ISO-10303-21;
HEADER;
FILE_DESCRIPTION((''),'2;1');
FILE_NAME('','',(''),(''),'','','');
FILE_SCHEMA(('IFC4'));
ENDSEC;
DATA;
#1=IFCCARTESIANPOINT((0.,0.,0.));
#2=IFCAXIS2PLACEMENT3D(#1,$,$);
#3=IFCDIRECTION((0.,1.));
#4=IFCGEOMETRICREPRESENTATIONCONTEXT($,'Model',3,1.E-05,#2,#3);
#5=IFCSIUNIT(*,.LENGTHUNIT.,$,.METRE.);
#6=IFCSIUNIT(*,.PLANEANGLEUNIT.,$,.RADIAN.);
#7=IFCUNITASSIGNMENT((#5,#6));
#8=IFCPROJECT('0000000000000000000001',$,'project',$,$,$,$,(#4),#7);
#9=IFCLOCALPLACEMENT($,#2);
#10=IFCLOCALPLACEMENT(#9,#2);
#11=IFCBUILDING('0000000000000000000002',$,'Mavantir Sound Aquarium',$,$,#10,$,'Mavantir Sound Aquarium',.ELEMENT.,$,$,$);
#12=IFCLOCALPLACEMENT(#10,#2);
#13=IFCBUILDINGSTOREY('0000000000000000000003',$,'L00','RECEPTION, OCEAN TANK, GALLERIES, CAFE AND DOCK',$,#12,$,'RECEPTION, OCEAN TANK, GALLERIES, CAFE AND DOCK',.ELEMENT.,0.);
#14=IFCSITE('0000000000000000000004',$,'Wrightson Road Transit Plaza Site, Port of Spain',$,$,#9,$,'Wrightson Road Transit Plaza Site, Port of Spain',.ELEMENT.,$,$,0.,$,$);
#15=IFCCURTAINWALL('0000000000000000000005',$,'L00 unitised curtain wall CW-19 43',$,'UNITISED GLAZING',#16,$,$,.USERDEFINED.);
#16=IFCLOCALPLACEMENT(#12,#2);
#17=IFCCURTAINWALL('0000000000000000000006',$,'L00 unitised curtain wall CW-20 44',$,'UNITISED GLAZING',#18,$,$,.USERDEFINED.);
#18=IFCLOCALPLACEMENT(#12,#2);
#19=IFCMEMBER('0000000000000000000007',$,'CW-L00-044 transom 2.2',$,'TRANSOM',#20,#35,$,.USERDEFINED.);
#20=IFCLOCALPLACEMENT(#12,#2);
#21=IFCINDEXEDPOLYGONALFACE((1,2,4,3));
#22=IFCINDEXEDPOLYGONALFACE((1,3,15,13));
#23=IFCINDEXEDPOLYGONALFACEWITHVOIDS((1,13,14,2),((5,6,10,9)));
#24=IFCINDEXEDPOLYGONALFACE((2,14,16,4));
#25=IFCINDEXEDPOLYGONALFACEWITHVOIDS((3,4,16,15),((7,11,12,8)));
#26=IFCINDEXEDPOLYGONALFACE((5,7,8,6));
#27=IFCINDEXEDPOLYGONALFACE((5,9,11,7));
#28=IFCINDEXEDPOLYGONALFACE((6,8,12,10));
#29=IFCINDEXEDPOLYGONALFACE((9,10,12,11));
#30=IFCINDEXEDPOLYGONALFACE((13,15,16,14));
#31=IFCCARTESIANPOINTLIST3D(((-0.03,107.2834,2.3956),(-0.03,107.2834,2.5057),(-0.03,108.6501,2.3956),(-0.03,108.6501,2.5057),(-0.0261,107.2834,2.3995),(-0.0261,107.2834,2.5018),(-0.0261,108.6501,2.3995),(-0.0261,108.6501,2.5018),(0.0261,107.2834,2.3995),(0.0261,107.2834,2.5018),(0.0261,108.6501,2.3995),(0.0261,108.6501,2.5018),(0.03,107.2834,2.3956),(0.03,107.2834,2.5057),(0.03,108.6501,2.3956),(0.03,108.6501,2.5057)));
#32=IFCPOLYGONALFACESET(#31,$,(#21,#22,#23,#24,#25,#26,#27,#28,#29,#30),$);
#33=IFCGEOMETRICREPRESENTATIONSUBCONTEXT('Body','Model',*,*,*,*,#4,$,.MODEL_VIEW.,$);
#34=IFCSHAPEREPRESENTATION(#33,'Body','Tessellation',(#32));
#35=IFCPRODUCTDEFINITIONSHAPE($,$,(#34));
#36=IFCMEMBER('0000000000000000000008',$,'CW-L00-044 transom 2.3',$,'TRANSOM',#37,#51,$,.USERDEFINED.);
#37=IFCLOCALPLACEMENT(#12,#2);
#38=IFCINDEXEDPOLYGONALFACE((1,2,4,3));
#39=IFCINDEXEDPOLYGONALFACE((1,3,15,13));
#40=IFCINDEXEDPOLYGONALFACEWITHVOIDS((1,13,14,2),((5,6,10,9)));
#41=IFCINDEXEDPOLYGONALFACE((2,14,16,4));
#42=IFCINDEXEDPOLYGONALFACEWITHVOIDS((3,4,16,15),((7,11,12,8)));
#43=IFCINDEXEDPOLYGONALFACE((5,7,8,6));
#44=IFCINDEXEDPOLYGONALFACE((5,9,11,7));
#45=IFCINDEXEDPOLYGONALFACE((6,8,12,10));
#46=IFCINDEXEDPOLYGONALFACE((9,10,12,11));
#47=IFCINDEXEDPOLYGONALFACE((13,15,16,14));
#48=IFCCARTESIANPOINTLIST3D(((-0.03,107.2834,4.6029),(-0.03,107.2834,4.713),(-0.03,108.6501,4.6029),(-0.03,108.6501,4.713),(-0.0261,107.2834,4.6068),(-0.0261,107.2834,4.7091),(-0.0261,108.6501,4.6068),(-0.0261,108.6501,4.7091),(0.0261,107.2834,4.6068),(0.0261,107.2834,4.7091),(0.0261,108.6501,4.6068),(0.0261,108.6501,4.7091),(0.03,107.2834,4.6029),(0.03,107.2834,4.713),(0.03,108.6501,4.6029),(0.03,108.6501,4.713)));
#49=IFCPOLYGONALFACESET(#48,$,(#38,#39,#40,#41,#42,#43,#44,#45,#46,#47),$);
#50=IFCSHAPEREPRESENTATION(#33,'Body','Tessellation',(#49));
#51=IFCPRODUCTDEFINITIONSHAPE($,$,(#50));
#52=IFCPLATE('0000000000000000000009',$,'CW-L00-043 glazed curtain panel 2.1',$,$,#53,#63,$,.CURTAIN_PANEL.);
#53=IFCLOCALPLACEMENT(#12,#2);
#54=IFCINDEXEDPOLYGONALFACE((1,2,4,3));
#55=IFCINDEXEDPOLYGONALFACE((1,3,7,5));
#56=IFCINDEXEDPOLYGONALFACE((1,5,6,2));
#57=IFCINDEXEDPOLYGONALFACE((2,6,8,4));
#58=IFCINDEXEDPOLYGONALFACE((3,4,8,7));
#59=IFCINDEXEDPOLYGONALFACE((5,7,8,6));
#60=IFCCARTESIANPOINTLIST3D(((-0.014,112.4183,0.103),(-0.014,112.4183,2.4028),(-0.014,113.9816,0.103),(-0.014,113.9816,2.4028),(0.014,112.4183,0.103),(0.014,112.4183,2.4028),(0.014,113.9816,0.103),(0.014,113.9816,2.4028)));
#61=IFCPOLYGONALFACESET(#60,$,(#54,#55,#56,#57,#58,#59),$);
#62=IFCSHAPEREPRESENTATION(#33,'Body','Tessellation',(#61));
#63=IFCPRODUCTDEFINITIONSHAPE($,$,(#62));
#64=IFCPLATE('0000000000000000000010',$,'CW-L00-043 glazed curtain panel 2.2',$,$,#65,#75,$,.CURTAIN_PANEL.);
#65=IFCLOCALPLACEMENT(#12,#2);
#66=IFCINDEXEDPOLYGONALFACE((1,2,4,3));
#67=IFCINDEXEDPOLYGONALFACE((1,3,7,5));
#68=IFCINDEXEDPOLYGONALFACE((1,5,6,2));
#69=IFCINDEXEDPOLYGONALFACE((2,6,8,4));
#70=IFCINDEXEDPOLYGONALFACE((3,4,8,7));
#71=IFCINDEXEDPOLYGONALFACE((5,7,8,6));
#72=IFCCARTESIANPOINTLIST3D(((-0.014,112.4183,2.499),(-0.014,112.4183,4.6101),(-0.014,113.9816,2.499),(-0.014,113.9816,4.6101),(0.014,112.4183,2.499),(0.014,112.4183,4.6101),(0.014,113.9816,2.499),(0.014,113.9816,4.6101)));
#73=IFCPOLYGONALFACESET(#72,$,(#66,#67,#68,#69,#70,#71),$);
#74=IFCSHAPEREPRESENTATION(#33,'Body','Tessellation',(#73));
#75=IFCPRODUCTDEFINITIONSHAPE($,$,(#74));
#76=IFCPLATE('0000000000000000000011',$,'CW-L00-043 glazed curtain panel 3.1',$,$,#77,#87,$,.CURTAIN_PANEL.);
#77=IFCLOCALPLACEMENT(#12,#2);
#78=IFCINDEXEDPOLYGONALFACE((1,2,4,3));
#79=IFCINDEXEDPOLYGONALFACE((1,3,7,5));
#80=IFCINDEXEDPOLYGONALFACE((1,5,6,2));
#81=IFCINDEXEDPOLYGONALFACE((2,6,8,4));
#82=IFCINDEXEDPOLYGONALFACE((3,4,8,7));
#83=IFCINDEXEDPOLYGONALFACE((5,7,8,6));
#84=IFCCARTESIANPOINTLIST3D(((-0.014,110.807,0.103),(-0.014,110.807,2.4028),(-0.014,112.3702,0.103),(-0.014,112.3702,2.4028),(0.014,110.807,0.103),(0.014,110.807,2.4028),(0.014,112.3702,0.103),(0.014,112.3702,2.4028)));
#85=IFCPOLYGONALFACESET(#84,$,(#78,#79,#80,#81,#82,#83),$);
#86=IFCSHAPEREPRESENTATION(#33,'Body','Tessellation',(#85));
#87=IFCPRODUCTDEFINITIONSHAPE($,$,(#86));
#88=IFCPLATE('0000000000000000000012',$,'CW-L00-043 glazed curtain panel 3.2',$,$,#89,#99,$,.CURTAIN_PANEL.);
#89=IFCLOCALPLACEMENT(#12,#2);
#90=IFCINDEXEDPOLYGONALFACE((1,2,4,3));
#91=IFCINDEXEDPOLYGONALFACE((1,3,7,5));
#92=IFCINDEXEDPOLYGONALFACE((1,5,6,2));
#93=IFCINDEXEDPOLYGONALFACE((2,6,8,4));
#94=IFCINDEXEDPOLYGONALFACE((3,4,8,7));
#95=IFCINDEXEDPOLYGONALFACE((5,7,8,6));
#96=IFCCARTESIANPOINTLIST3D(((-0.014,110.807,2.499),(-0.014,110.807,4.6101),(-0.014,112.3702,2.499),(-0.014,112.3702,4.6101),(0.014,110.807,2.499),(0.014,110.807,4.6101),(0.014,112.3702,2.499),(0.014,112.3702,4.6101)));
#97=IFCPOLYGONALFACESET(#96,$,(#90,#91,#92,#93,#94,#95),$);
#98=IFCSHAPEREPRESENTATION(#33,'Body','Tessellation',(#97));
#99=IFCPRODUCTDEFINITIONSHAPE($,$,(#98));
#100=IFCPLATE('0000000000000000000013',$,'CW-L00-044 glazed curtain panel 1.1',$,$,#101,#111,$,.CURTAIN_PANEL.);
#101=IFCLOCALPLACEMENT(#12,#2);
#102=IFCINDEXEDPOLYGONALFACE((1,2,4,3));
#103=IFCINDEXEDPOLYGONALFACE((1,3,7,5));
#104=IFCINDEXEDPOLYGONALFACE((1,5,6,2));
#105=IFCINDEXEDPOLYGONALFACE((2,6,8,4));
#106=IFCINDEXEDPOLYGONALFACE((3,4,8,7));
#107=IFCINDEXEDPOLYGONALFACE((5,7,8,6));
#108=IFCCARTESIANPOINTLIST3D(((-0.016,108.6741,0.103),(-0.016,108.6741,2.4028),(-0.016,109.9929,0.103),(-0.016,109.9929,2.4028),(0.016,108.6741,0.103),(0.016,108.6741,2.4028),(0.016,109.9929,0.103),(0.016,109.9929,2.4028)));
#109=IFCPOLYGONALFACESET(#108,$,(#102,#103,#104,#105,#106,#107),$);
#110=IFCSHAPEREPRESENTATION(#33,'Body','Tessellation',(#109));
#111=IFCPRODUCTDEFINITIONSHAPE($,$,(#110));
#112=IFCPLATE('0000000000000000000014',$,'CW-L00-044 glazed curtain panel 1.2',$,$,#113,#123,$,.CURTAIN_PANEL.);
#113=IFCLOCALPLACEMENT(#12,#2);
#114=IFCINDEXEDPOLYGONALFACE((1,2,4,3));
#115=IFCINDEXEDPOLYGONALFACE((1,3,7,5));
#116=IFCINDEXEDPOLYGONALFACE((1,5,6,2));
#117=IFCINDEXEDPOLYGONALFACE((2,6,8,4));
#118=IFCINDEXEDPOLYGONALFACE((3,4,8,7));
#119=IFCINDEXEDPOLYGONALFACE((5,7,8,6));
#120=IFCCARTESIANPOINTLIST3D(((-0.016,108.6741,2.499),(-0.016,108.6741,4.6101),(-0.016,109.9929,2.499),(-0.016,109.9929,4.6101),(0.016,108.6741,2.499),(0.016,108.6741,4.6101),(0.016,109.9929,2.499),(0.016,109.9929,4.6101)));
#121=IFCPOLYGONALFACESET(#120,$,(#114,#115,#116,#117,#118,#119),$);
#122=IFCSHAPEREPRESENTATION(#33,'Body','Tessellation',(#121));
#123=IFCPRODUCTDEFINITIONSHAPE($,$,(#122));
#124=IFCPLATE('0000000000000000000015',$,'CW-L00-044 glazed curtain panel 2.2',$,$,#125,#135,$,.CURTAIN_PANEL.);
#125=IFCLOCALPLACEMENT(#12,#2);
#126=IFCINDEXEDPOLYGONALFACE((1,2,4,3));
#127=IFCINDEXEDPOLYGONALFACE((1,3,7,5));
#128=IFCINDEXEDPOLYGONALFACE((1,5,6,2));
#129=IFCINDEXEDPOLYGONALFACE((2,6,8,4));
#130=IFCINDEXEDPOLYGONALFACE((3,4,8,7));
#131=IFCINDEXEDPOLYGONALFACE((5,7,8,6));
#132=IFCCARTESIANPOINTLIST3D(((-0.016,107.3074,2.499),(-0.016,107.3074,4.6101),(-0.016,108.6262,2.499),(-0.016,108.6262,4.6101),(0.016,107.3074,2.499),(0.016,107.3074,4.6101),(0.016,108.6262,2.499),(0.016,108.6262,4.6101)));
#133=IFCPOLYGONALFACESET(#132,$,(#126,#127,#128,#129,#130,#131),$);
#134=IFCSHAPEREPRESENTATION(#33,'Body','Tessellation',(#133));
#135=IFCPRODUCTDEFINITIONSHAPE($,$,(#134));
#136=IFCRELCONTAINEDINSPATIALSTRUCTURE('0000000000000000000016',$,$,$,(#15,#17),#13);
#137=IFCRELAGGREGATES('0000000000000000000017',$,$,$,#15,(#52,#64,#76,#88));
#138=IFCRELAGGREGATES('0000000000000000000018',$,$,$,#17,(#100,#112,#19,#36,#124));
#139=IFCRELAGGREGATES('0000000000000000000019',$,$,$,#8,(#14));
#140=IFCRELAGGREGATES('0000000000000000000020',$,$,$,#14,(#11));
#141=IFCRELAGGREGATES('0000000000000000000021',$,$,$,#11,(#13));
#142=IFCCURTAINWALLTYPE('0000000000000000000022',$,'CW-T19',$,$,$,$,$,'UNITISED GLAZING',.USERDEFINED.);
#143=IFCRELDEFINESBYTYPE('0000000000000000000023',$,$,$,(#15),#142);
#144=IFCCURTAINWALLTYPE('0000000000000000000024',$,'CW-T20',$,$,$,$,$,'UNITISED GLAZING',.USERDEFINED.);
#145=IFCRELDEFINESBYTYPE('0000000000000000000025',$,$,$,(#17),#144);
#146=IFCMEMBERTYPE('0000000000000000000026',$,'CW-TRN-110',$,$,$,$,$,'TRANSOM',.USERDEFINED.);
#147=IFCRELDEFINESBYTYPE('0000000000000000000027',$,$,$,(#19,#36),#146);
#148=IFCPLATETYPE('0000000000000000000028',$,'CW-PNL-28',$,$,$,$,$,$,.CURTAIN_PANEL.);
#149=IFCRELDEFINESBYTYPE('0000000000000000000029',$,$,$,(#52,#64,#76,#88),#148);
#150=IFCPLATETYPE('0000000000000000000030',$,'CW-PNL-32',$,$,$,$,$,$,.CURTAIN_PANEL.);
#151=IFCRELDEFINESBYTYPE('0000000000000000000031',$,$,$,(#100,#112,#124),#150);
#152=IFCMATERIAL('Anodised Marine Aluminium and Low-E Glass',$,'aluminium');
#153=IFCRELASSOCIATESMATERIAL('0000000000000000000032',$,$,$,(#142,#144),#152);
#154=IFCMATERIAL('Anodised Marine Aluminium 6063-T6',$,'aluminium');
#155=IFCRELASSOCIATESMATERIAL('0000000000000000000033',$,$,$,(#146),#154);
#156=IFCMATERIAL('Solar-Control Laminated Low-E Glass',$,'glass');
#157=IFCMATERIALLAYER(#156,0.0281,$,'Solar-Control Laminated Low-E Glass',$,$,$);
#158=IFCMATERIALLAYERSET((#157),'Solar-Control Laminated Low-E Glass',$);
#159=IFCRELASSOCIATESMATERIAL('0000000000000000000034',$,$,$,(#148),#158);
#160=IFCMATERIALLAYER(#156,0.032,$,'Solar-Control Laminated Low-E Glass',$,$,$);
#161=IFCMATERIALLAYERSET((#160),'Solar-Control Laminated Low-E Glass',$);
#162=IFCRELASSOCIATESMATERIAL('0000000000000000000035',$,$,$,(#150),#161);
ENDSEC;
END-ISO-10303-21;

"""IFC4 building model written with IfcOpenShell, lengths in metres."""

from ifc_helpers import new_model, si_unit, direction, frame, origin, origin_2d, place, context, subcontext, project, spatial, rectangle, hollow_rectangle, extrude, material, layer, layer_set, material_profile, profile_set, type_object, element, aggregate, save


model = new_model("IFC4")

# Units and contexts
model_context = context("Model", 3, precision=1e-05, world=origin(), true_north=direction((0.0, 1.0)))
body_context = subcontext(model_context, "Body", "Model", "MODEL_VIEW")
ifc_project = project(units=[si_unit("LENGTHUNIT", "METRE"), si_unit("PLANEANGLEUNIT", "RADIAN")], contexts=[model_context])

# Site, building, storey
site_placement = place(None, origin())
site = spatial("IfcSite", under=ifc_project, at=site_placement, Name="Wrightson Road Transit Plaza Site, Port of Spain", LongName="Wrightson Road Transit Plaza Site, Port of Spain", CompositionType="ELEMENT", RefElevation=0.0)
building_placement = place(site_placement, origin())
building = spatial("IfcBuilding", under=site, at=building_placement, Name="Mavantir Sound Aquarium", LongName="Mavantir Sound Aquarium", CompositionType="ELEMENT")
storey_placement = place(building_placement, origin())
storey = spatial("IfcBuildingStorey", under=building, at=storey_placement, Name="L00", Description="RECEPTION, OCEAN TANK, GALLERIES, CAFE AND DOCK", LongName="RECEPTION, OCEAN TANK, GALLERIES, CAFE AND DOCK", CompositionType="ELEMENT", Elevation=0.0)

# Curtain walls
ifc_material_1 = material(Name="Anodised Marine Aluminium and Low-E Glass", Category="aluminium")
curtain_wall_type_1 = type_object("IfcCurtainWallType", Name="CW-T19", ElementType="UNITISED GLAZING", PredefinedType="USERDEFINED", material=ifc_material_1)
curtain_wall_1_placement = place(storey_placement, origin())
curtain_wall_1 = element("IfcCurtainWall", 1, at=curtain_wall_1_placement, inside=storey, type_object=curtain_wall_type_1, Name="L00 unitised curtain wall CW-19 43", ObjectType="UNITISED GLAZING", PredefinedType="USERDEFINED")
ifc_material_2 = material(Name="Anodised Marine Aluminium 6063-T6", Category="aluminium")
curtain_wall_type_2 = type_object("IfcCurtainWallType", Name="CW-T20", ElementType="UNITISED GLAZING", PredefinedType="USERDEFINED", material=ifc_material_1)
curtain_wall_2_placement = place(storey_placement, origin())
curtain_wall_2 = element("IfcCurtainWall", 2, at=curtain_wall_2_placement, inside=storey, type_object=curtain_wall_type_2, Name="L00 unitised curtain wall CW-20 44", ObjectType="UNITISED GLAZING", PredefinedType="USERDEFINED")

# Members
ifc_material_profile_1 = material_profile(ifc_material_2, hollow_rectangle(XDim=0.0601, YDim=0.1101, WallThickness=0.0039, at=origin_2d()), Name="ALU-TRANSOM-110X60")
ifc_profile_set_1 = profile_set([ifc_material_profile_1], Name="Anodised Marine Aluminium 6063-T6")
member_type_1 = type_object("IfcMemberType", Name="CW-TRN-110", ElementType="TRANSOM", PredefinedType="USERDEFINED", material=ifc_profile_set_1)
member_1_placement = place(storey_placement, frame((0.0, 108.6501, 2.4507), z_axis=(0.0, -1.0, 0.0), x_axis=(1.0, 0.0, 0.0)))
member_1 = element("IfcMember", 3, at=member_1_placement, type_object=member_type_1, Name="CW-L00-044 transom 2.2", ObjectType="TRANSOM", PredefinedType="USERDEFINED", context=body_context, shape_type="SweptSolid", body=[
    extrude(hollow_rectangle(XDim=0.0601, YDim=0.1101, WallThickness=0.0039, at=origin_2d()), origin(), (0.0, 0.0, 1.0), 1.3667),
])
member_2_placement = place(storey_placement, frame((0.0, 108.6501, 4.658), z_axis=(0.0, -1.0, 0.0), x_axis=(1.0, 0.0, 0.0)))
member_2 = element("IfcMember", 4, at=member_2_placement, type_object=member_type_1, Name="CW-L00-044 transom 2.3", ObjectType="TRANSOM", PredefinedType="USERDEFINED", context=body_context, shape_type="SweptSolid", body=[
    extrude(hollow_rectangle(XDim=0.0601, YDim=0.1101, WallThickness=0.0039, at=origin_2d()), origin(), (0.0, 0.0, 1.0), 1.3667),
])

# Plates
ifc_material_3 = material(Name="Solar-Control Laminated Low-E Glass", Category="glass")
ifc_layer_1 = layer(ifc_material_3, 0.0281, Name="Solar-Control Laminated Low-E Glass")
ifc_layer_set_1 = layer_set([ifc_layer_1], Name="Solar-Control Laminated Low-E Glass")
plate_type_1 = type_object("IfcPlateType", Name="CW-PNL-28", PredefinedType="CURTAIN_PANEL", material=ifc_layer_set_1)
plate_1_placement = place(storey_placement, frame((0.0, 113.2, 0.103), z_axis=(0.0, 0.0, 1.0), x_axis=(0.0, -1.0, 0.0)))
plate_1 = element("IfcPlate", 5, at=plate_1_placement, type_object=plate_type_1, Name="CW-L00-043 glazed curtain panel 2.1", PredefinedType="CURTAIN_PANEL", context=body_context, shape_type="SweptSolid", body=[
    extrude(rectangle(XDim=1.5632, YDim=0.0281, at=origin_2d()), origin(), (0.0, 0.0, 1.0), 2.2998),
])
plate_2_placement = place(storey_placement, frame((0.0, 113.2, 2.499), z_axis=(0.0, 0.0, 1.0), x_axis=(0.0, -1.0, 0.0)))
plate_2 = element("IfcPlate", 6, at=plate_2_placement, type_object=plate_type_1, Name="CW-L00-043 glazed curtain panel 2.2", PredefinedType="CURTAIN_PANEL", context=body_context, shape_type="SweptSolid", body=[
    extrude(rectangle(XDim=1.5632, YDim=0.0281, at=origin_2d()), origin(), (0.0, 0.0, 1.0), 2.1111),
])
plate_3_placement = place(storey_placement, frame((0.0, 111.5886, 0.103), z_axis=(0.0, 0.0, 1.0), x_axis=(0.0, -1.0, 0.0)))
plate_3 = element("IfcPlate", 7, at=plate_3_placement, type_object=plate_type_1, Name="CW-L00-043 glazed curtain panel 3.1", PredefinedType="CURTAIN_PANEL", context=body_context, shape_type="SweptSolid", body=[
    extrude(rectangle(XDim=1.5632, YDim=0.0281, at=origin_2d()), origin(), (0.0, 0.0, 1.0), 2.2998),
])
plate_4_placement = place(storey_placement, frame((0.0, 111.5886, 2.499), z_axis=(0.0, 0.0, 1.0), x_axis=(0.0, -1.0, 0.0)))
plate_4 = element("IfcPlate", 8, at=plate_4_placement, type_object=plate_type_1, Name="CW-L00-043 glazed curtain panel 3.2", PredefinedType="CURTAIN_PANEL", context=body_context, shape_type="SweptSolid", body=[
    extrude(rectangle(XDim=1.5632, YDim=0.0281, at=origin_2d()), origin(), (0.0, 0.0, 1.0), 2.1111),
])
aggregate(curtain_wall_1, [plate_1, plate_2, plate_3, plate_4])
ifc_layer_2 = layer(ifc_material_3, 0.032, Name="Solar-Control Laminated Low-E Glass")
ifc_layer_set_2 = layer_set([ifc_layer_2], Name="Solar-Control Laminated Low-E Glass")
plate_type_2 = type_object("IfcPlateType", Name="CW-PNL-32", PredefinedType="CURTAIN_PANEL", material=ifc_layer_set_2)
plate_5_placement = place(storey_placement, frame((0.0, 109.3335, 0.103), z_axis=(0.0, 0.0, 1.0), x_axis=(0.0, -1.0, 0.0)))
plate_5 = element("IfcPlate", 9, at=plate_5_placement, type_object=plate_type_2, Name="CW-L00-044 glazed curtain panel 1.1", PredefinedType="CURTAIN_PANEL", context=body_context, shape_type="SweptSolid", body=[
    extrude(rectangle(XDim=1.3188, YDim=0.032, at=origin_2d()), origin(), (0.0, 0.0, 1.0), 2.2998),
])
plate_6_placement = place(storey_placement, frame((0.0, 109.3335, 2.499), z_axis=(0.0, 0.0, 1.0), x_axis=(0.0, -1.0, 0.0)))
plate_6 = element("IfcPlate", 10, at=plate_6_placement, type_object=plate_type_2, Name="CW-L00-044 glazed curtain panel 1.2", PredefinedType="CURTAIN_PANEL", context=body_context, shape_type="SweptSolid", body=[
    extrude(rectangle(XDim=1.3188, YDim=0.032, at=origin_2d()), origin(), (0.0, 0.0, 1.0), 2.1111),
])
plate_7_placement = place(storey_placement, frame((0.0, 107.9668, 2.499), z_axis=(0.0, 0.0, 1.0), x_axis=(0.0, -1.0, 0.0)))
plate_7 = element("IfcPlate", 11, at=plate_7_placement, type_object=plate_type_2, Name="CW-L00-044 glazed curtain panel 2.2", PredefinedType="CURTAIN_PANEL", context=body_context, shape_type="SweptSolid", body=[
    extrude(rectangle(XDim=1.3188, YDim=0.032, at=origin_2d()), origin(), (0.0, 0.0, 1.0), 2.1111),
])
aggregate(curtain_wall_2, [plate_5, plate_6, member_1, member_2, plate_7])

save(model, "model.ifc")
